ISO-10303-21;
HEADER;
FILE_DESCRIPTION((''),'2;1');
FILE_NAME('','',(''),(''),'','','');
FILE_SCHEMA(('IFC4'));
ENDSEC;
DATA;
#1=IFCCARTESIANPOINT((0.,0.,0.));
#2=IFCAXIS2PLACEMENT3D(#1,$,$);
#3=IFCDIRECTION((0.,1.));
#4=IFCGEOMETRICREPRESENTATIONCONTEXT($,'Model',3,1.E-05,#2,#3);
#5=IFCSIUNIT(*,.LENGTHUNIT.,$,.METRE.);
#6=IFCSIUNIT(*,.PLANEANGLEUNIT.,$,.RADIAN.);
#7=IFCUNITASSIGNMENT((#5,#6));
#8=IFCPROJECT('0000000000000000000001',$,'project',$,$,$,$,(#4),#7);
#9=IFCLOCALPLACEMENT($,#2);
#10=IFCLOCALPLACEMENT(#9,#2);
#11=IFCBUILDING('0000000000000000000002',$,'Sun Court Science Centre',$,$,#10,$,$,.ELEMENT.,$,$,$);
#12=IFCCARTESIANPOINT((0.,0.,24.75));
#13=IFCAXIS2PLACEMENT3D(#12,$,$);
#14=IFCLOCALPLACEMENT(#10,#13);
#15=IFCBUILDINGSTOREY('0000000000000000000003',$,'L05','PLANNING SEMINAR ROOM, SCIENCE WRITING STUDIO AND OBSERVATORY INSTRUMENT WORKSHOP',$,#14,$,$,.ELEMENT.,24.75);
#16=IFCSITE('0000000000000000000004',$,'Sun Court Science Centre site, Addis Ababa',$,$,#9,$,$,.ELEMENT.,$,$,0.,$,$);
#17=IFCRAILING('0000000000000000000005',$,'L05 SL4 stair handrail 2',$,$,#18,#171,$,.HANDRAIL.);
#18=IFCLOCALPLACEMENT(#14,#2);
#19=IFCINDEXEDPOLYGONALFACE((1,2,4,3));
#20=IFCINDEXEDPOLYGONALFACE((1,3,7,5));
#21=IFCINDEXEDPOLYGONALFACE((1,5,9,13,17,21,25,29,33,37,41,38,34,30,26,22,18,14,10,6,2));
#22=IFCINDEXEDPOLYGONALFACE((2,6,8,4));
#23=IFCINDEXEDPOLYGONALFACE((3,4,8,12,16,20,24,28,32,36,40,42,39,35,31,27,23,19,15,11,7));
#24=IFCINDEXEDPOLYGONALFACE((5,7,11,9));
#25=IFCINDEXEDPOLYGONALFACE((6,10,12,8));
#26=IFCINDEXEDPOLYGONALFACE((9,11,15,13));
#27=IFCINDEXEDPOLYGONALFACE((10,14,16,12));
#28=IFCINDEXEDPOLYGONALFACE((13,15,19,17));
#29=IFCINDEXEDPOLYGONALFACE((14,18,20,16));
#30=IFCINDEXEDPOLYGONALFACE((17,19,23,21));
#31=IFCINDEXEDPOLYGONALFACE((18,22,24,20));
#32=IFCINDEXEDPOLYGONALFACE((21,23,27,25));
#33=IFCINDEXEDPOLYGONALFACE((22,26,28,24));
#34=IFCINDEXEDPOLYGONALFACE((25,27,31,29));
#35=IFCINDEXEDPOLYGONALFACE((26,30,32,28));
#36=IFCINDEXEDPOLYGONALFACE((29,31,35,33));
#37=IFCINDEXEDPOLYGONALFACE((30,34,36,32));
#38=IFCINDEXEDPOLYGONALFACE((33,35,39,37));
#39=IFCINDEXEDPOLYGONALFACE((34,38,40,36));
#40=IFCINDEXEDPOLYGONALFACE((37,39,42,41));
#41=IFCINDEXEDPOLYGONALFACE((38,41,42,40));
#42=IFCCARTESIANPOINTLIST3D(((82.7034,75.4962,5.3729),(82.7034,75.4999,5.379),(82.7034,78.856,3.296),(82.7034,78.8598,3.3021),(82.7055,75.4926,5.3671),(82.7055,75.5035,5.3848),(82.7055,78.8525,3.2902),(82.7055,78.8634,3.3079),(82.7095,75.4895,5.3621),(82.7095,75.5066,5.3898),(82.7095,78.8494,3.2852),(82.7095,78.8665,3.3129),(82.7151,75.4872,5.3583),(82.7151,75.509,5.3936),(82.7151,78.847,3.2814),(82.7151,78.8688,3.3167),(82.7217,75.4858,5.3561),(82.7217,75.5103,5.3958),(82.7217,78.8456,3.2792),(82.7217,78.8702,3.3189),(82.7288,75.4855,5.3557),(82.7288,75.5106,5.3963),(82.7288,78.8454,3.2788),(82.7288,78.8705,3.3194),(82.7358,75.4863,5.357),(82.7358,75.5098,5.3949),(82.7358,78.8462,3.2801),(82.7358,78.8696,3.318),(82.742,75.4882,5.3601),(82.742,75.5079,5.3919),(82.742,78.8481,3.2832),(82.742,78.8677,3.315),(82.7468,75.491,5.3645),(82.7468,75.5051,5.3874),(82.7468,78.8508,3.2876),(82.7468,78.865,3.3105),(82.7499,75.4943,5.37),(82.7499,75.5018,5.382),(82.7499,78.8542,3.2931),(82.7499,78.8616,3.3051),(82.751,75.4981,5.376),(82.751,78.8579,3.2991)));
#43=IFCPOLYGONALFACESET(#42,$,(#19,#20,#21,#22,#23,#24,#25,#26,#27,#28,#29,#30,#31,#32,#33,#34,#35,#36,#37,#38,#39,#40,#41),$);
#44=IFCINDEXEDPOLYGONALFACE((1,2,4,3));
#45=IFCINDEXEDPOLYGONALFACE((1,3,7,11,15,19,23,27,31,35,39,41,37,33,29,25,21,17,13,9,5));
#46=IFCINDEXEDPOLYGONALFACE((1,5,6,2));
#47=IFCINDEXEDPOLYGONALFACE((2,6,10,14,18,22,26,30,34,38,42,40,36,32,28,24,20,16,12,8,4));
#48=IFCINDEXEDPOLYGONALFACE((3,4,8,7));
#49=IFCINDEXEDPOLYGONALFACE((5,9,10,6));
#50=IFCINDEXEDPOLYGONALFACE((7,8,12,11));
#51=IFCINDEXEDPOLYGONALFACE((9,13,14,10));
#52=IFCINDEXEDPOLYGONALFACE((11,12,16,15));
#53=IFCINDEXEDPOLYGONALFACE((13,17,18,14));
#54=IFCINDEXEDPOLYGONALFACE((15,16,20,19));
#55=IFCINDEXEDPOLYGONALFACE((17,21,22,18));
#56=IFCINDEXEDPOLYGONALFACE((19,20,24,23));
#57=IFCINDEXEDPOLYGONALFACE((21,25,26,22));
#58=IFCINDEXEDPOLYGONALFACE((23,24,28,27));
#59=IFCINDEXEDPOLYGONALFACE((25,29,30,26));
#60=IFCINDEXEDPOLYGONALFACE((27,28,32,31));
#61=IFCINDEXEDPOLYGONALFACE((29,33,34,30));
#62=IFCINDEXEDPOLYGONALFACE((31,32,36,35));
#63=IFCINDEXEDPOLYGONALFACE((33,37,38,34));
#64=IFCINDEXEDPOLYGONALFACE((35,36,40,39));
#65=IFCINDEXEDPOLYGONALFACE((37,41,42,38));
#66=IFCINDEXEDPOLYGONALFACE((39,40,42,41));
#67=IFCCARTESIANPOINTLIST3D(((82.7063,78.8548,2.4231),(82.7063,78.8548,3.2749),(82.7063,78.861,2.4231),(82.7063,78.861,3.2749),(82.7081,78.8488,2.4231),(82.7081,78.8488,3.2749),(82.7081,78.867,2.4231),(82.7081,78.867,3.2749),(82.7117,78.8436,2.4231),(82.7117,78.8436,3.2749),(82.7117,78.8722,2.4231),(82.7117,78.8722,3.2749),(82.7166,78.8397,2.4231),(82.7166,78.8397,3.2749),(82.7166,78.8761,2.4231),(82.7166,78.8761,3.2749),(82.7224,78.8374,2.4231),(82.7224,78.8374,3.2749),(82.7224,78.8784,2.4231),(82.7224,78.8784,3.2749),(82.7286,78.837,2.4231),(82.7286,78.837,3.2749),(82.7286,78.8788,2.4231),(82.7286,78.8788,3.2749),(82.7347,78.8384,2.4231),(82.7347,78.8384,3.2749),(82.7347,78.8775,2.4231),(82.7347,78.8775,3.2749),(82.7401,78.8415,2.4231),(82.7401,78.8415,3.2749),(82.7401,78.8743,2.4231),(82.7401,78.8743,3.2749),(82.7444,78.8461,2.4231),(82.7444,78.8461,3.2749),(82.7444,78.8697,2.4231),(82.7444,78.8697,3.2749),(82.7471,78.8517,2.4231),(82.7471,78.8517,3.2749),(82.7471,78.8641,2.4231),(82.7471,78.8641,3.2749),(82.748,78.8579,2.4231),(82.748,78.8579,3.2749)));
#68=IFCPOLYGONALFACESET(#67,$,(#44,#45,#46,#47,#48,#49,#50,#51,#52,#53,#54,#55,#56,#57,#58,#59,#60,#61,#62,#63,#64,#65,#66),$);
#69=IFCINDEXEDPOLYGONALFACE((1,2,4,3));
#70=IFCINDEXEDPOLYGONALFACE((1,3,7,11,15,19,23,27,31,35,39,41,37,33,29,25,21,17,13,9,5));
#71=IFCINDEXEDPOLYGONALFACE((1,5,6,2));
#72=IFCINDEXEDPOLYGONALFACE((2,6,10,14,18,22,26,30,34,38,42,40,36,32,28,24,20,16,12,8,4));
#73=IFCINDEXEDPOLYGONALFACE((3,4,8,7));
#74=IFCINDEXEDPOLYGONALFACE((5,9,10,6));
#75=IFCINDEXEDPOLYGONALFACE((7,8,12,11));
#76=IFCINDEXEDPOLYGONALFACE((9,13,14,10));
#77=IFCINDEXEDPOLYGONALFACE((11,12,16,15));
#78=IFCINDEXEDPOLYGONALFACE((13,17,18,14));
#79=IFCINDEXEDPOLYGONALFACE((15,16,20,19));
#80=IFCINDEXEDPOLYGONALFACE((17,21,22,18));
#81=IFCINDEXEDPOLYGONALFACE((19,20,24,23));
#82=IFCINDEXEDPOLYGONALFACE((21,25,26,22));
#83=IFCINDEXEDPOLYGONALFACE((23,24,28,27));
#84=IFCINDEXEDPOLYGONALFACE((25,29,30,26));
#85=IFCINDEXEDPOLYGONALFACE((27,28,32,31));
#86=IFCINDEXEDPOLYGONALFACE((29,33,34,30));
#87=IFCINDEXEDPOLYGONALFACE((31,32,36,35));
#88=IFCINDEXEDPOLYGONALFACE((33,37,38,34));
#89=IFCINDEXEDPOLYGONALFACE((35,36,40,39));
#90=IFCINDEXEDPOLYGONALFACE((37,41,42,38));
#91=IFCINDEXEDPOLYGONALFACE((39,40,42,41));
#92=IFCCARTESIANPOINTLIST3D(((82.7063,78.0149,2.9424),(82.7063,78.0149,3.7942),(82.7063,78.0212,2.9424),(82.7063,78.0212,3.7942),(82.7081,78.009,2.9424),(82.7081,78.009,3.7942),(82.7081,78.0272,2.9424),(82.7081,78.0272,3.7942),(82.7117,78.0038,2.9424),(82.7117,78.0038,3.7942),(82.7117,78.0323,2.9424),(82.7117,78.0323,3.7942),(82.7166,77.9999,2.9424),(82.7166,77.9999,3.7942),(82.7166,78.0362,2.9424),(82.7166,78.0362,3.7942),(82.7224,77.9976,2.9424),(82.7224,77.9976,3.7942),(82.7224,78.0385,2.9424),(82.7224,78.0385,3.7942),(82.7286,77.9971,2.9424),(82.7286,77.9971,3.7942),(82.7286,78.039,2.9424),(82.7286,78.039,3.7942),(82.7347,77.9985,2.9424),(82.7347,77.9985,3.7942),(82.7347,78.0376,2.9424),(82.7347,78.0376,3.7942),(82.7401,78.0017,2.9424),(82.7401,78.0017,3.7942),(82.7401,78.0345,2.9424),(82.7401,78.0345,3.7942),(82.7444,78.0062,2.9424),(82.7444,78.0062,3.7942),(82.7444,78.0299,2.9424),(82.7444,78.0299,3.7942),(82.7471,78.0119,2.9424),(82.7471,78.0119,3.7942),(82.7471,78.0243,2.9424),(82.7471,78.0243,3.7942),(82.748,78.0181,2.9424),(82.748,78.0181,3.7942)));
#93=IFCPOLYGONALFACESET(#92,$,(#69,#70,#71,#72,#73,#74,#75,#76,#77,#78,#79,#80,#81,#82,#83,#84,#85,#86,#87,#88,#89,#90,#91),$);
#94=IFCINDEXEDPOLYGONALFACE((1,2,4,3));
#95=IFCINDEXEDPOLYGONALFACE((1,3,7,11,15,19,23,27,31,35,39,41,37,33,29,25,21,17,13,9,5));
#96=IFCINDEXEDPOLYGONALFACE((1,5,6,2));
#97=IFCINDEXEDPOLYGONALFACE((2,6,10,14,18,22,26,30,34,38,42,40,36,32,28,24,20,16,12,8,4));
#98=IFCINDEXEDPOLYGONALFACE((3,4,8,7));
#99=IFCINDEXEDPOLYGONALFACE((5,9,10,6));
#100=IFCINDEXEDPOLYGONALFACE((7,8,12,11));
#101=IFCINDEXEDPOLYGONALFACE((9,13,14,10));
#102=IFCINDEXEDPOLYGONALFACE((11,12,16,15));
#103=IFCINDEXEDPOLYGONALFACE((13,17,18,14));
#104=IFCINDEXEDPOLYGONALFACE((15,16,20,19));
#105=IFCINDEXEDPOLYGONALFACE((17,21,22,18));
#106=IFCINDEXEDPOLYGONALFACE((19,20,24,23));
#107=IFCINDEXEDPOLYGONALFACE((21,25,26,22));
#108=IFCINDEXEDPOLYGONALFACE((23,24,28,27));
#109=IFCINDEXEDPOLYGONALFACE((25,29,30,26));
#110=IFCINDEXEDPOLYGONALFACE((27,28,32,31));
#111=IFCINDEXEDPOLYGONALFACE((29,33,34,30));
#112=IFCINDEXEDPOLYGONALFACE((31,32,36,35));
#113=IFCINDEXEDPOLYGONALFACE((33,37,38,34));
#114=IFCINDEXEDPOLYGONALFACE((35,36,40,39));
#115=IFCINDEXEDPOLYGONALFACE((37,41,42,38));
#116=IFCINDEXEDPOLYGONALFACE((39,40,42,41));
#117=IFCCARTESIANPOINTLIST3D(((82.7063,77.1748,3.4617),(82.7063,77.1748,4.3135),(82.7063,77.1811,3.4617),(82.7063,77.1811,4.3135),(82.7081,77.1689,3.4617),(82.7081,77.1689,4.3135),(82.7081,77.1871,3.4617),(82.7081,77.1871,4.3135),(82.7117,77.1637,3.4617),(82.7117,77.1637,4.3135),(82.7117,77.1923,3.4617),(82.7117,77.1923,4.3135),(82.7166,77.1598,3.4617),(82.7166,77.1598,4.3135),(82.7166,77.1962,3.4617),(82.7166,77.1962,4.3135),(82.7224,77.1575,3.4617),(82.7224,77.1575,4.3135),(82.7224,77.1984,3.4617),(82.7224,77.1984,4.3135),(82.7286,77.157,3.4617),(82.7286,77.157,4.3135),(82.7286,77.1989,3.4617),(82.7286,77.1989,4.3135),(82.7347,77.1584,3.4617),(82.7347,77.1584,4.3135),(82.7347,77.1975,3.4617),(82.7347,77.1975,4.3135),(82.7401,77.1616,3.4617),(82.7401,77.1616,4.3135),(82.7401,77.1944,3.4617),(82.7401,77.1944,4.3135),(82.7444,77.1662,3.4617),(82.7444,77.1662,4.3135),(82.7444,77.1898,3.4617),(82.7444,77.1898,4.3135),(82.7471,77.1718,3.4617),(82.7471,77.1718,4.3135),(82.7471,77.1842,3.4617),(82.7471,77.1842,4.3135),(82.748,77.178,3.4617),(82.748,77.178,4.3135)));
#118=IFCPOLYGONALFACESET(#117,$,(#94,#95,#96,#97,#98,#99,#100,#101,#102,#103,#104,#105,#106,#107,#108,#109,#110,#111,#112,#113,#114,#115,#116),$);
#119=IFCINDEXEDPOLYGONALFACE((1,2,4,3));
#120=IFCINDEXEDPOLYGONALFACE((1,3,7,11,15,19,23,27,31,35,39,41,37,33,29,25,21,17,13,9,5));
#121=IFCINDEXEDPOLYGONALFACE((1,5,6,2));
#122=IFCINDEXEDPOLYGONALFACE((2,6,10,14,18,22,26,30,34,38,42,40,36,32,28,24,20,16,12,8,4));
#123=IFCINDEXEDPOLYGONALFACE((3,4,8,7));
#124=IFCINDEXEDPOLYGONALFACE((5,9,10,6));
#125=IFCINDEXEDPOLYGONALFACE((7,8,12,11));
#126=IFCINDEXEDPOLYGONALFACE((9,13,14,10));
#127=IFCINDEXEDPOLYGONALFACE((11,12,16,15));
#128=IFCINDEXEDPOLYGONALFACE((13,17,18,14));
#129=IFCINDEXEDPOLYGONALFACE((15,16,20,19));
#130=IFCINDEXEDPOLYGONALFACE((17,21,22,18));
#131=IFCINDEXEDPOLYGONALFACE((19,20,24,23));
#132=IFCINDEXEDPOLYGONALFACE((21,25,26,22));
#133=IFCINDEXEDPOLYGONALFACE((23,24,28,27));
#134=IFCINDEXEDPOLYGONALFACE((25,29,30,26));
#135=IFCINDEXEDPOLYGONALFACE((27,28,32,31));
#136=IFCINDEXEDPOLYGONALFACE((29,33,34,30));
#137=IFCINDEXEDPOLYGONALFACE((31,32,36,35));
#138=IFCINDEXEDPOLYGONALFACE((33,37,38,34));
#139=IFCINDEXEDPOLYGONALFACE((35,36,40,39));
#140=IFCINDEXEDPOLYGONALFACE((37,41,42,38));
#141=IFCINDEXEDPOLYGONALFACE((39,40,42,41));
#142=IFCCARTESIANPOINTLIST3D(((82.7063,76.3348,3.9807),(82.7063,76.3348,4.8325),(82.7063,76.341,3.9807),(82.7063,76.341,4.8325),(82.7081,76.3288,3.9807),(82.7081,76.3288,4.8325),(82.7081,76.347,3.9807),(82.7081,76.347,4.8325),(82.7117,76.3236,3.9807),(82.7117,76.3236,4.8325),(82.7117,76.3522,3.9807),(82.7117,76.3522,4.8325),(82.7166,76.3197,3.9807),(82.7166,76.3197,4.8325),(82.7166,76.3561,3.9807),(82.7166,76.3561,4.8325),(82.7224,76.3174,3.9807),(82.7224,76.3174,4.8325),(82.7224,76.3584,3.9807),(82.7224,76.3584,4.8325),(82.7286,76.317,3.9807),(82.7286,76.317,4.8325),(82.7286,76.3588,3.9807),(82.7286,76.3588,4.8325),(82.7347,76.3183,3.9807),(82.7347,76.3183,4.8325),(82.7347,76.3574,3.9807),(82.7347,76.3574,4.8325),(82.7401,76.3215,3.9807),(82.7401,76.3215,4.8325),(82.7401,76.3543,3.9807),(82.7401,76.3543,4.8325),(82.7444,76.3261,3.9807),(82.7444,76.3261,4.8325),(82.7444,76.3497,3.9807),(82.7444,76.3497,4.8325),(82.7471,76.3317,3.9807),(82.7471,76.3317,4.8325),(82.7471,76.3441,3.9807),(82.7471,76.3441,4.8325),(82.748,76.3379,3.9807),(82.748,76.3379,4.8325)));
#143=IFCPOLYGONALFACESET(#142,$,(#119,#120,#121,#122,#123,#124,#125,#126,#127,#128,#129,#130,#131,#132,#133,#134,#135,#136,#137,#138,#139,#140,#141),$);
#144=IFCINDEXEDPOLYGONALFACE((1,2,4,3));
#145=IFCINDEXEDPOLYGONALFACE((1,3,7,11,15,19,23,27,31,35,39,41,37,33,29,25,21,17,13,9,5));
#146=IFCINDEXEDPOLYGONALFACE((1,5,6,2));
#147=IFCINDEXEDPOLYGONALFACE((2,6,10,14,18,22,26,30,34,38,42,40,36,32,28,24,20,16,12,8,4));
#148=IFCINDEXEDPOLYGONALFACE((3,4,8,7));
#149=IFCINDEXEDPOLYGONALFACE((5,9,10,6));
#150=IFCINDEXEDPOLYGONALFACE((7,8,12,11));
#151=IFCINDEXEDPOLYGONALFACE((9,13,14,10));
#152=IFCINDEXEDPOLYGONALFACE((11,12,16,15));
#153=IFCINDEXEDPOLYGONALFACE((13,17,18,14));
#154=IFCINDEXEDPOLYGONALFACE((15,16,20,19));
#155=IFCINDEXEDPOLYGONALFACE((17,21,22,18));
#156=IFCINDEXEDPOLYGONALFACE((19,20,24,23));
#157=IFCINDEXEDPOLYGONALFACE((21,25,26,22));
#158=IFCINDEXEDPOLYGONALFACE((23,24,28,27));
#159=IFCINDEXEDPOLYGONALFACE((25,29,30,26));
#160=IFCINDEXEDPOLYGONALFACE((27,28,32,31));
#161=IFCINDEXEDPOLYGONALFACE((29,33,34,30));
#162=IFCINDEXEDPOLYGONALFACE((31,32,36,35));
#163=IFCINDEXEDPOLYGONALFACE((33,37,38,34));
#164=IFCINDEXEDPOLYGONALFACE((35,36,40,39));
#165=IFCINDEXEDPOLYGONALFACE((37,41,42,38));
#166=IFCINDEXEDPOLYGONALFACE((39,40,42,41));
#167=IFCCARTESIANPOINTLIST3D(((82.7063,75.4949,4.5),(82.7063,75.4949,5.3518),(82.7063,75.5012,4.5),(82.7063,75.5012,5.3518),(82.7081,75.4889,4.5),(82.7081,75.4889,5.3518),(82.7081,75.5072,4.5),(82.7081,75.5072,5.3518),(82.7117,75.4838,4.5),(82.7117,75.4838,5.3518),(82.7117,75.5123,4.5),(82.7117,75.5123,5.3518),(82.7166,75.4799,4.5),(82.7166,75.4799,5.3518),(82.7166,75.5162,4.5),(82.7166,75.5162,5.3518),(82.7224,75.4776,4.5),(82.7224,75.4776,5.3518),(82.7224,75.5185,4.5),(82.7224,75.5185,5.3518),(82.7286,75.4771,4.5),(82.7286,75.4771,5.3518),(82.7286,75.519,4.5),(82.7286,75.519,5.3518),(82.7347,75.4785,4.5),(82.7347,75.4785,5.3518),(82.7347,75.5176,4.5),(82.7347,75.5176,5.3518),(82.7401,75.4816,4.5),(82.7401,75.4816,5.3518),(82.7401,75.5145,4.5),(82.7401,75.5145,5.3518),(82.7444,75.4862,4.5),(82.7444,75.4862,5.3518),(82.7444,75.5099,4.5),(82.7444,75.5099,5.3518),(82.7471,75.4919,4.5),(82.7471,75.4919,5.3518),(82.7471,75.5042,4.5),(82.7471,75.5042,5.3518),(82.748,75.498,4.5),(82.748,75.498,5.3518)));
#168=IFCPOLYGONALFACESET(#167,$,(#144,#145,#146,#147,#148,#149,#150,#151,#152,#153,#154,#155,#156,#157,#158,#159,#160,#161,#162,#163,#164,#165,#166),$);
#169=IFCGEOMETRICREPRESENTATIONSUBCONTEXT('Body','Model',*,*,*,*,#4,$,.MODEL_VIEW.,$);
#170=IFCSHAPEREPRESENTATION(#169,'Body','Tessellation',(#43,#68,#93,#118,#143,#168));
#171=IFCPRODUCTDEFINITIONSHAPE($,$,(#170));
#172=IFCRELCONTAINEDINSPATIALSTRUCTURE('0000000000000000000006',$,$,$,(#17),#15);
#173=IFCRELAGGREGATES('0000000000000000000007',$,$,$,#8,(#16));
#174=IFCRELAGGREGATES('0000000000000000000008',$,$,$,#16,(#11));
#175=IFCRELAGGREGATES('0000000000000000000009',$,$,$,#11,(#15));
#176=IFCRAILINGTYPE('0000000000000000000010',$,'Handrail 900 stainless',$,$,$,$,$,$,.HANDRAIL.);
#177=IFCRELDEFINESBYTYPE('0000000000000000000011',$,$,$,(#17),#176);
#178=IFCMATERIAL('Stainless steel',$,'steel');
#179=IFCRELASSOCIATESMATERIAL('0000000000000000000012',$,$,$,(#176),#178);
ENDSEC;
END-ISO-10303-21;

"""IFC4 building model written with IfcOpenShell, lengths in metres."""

from ifc_helpers import new_model, si_unit, direction, frame, origin, origin_2d, place, context, subcontext, project, spatial, circle, extrude, material, type_object, element, save


model = new_model("IFC4")

# Units and contexts
model_context = context("Model", 3, precision=1e-05, world=origin(), true_north=direction((0.0, 1.0)))
body_context = subcontext(model_context, "Body", "Model", "MODEL_VIEW")
ifc_project = project(units=[si_unit("LENGTHUNIT", "METRE"), si_unit("PLANEANGLEUNIT", "RADIAN")], contexts=[model_context])

# Site, building, storey
site_placement = place(None, origin())
site = spatial("IfcSite", under=ifc_project, at=site_placement, Name="Sun Court Science Centre site, Addis Ababa", CompositionType="ELEMENT", RefElevation=0.0)
building_placement = place(site_placement, origin())
building = spatial("IfcBuilding", under=site, at=building_placement, Name="Sun Court Science Centre", CompositionType="ELEMENT")
storey_placement = place(building_placement, frame((0.0, 0.0, 24.75)))
storey = spatial("IfcBuildingStorey", under=building, at=storey_placement, Name="L05", Description="PLANNING SEMINAR ROOM, SCIENCE WRITING STUDIO AND OBSERVATORY INSTRUMENT WORKSHOP", CompositionType="ELEMENT", Elevation=24.75)

# Railing
ifc_material_1 = material(Name="Stainless steel", Category="steel")
railing_type_1 = type_object("IfcRailingType", Name="Handrail 900 stainless", PredefinedType="HANDRAIL", material=ifc_material_1)
railing_1_placement = place(storey_placement, frame((82.7271, 78.8579, 2.4231)))
element("IfcRailing", 1, at=railing_1_placement, inside=storey, type_object=railing_type_1, Name="L05 SL4 stair handrail 2", PredefinedType="HANDRAIL", context=body_context, shape_type="SweptSolid", body=[
    extrude(circle(Radius=0.0239, at=origin_2d()), frame((0.0, 0.0, 0.876), z_axis=(0.0, -0.850606, 0.525803), x_axis=(1.0, 0.0, 0.0)), (0.0, 0.0, 1.0), 3.95),
    extrude(circle(Radius=0.021, at=origin_2d()), origin(), (0.0, 0.0, 1.0), 0.8518),
    extrude(circle(Radius=0.021, at=origin_2d()), frame((0.0, -0.8398, 0.5193)), (0.0, 0.0, 1.0), 0.8518),
    extrude(circle(Radius=0.021, at=origin_2d()), frame((0.0, -1.6799, 1.0386)), (0.0, 0.0, 1.0), 0.8518),
    extrude(circle(Radius=0.021, at=origin_2d()), frame((0.0, -2.52, 1.5576)), (0.0, 0.0, 1.0), 0.8518),
    extrude(circle(Radius=0.021, at=origin_2d()), frame((0.0, -3.3599, 2.0769)), (0.0, 0.0, 1.0), 0.8518),
])

save(model, "model.ifc")
